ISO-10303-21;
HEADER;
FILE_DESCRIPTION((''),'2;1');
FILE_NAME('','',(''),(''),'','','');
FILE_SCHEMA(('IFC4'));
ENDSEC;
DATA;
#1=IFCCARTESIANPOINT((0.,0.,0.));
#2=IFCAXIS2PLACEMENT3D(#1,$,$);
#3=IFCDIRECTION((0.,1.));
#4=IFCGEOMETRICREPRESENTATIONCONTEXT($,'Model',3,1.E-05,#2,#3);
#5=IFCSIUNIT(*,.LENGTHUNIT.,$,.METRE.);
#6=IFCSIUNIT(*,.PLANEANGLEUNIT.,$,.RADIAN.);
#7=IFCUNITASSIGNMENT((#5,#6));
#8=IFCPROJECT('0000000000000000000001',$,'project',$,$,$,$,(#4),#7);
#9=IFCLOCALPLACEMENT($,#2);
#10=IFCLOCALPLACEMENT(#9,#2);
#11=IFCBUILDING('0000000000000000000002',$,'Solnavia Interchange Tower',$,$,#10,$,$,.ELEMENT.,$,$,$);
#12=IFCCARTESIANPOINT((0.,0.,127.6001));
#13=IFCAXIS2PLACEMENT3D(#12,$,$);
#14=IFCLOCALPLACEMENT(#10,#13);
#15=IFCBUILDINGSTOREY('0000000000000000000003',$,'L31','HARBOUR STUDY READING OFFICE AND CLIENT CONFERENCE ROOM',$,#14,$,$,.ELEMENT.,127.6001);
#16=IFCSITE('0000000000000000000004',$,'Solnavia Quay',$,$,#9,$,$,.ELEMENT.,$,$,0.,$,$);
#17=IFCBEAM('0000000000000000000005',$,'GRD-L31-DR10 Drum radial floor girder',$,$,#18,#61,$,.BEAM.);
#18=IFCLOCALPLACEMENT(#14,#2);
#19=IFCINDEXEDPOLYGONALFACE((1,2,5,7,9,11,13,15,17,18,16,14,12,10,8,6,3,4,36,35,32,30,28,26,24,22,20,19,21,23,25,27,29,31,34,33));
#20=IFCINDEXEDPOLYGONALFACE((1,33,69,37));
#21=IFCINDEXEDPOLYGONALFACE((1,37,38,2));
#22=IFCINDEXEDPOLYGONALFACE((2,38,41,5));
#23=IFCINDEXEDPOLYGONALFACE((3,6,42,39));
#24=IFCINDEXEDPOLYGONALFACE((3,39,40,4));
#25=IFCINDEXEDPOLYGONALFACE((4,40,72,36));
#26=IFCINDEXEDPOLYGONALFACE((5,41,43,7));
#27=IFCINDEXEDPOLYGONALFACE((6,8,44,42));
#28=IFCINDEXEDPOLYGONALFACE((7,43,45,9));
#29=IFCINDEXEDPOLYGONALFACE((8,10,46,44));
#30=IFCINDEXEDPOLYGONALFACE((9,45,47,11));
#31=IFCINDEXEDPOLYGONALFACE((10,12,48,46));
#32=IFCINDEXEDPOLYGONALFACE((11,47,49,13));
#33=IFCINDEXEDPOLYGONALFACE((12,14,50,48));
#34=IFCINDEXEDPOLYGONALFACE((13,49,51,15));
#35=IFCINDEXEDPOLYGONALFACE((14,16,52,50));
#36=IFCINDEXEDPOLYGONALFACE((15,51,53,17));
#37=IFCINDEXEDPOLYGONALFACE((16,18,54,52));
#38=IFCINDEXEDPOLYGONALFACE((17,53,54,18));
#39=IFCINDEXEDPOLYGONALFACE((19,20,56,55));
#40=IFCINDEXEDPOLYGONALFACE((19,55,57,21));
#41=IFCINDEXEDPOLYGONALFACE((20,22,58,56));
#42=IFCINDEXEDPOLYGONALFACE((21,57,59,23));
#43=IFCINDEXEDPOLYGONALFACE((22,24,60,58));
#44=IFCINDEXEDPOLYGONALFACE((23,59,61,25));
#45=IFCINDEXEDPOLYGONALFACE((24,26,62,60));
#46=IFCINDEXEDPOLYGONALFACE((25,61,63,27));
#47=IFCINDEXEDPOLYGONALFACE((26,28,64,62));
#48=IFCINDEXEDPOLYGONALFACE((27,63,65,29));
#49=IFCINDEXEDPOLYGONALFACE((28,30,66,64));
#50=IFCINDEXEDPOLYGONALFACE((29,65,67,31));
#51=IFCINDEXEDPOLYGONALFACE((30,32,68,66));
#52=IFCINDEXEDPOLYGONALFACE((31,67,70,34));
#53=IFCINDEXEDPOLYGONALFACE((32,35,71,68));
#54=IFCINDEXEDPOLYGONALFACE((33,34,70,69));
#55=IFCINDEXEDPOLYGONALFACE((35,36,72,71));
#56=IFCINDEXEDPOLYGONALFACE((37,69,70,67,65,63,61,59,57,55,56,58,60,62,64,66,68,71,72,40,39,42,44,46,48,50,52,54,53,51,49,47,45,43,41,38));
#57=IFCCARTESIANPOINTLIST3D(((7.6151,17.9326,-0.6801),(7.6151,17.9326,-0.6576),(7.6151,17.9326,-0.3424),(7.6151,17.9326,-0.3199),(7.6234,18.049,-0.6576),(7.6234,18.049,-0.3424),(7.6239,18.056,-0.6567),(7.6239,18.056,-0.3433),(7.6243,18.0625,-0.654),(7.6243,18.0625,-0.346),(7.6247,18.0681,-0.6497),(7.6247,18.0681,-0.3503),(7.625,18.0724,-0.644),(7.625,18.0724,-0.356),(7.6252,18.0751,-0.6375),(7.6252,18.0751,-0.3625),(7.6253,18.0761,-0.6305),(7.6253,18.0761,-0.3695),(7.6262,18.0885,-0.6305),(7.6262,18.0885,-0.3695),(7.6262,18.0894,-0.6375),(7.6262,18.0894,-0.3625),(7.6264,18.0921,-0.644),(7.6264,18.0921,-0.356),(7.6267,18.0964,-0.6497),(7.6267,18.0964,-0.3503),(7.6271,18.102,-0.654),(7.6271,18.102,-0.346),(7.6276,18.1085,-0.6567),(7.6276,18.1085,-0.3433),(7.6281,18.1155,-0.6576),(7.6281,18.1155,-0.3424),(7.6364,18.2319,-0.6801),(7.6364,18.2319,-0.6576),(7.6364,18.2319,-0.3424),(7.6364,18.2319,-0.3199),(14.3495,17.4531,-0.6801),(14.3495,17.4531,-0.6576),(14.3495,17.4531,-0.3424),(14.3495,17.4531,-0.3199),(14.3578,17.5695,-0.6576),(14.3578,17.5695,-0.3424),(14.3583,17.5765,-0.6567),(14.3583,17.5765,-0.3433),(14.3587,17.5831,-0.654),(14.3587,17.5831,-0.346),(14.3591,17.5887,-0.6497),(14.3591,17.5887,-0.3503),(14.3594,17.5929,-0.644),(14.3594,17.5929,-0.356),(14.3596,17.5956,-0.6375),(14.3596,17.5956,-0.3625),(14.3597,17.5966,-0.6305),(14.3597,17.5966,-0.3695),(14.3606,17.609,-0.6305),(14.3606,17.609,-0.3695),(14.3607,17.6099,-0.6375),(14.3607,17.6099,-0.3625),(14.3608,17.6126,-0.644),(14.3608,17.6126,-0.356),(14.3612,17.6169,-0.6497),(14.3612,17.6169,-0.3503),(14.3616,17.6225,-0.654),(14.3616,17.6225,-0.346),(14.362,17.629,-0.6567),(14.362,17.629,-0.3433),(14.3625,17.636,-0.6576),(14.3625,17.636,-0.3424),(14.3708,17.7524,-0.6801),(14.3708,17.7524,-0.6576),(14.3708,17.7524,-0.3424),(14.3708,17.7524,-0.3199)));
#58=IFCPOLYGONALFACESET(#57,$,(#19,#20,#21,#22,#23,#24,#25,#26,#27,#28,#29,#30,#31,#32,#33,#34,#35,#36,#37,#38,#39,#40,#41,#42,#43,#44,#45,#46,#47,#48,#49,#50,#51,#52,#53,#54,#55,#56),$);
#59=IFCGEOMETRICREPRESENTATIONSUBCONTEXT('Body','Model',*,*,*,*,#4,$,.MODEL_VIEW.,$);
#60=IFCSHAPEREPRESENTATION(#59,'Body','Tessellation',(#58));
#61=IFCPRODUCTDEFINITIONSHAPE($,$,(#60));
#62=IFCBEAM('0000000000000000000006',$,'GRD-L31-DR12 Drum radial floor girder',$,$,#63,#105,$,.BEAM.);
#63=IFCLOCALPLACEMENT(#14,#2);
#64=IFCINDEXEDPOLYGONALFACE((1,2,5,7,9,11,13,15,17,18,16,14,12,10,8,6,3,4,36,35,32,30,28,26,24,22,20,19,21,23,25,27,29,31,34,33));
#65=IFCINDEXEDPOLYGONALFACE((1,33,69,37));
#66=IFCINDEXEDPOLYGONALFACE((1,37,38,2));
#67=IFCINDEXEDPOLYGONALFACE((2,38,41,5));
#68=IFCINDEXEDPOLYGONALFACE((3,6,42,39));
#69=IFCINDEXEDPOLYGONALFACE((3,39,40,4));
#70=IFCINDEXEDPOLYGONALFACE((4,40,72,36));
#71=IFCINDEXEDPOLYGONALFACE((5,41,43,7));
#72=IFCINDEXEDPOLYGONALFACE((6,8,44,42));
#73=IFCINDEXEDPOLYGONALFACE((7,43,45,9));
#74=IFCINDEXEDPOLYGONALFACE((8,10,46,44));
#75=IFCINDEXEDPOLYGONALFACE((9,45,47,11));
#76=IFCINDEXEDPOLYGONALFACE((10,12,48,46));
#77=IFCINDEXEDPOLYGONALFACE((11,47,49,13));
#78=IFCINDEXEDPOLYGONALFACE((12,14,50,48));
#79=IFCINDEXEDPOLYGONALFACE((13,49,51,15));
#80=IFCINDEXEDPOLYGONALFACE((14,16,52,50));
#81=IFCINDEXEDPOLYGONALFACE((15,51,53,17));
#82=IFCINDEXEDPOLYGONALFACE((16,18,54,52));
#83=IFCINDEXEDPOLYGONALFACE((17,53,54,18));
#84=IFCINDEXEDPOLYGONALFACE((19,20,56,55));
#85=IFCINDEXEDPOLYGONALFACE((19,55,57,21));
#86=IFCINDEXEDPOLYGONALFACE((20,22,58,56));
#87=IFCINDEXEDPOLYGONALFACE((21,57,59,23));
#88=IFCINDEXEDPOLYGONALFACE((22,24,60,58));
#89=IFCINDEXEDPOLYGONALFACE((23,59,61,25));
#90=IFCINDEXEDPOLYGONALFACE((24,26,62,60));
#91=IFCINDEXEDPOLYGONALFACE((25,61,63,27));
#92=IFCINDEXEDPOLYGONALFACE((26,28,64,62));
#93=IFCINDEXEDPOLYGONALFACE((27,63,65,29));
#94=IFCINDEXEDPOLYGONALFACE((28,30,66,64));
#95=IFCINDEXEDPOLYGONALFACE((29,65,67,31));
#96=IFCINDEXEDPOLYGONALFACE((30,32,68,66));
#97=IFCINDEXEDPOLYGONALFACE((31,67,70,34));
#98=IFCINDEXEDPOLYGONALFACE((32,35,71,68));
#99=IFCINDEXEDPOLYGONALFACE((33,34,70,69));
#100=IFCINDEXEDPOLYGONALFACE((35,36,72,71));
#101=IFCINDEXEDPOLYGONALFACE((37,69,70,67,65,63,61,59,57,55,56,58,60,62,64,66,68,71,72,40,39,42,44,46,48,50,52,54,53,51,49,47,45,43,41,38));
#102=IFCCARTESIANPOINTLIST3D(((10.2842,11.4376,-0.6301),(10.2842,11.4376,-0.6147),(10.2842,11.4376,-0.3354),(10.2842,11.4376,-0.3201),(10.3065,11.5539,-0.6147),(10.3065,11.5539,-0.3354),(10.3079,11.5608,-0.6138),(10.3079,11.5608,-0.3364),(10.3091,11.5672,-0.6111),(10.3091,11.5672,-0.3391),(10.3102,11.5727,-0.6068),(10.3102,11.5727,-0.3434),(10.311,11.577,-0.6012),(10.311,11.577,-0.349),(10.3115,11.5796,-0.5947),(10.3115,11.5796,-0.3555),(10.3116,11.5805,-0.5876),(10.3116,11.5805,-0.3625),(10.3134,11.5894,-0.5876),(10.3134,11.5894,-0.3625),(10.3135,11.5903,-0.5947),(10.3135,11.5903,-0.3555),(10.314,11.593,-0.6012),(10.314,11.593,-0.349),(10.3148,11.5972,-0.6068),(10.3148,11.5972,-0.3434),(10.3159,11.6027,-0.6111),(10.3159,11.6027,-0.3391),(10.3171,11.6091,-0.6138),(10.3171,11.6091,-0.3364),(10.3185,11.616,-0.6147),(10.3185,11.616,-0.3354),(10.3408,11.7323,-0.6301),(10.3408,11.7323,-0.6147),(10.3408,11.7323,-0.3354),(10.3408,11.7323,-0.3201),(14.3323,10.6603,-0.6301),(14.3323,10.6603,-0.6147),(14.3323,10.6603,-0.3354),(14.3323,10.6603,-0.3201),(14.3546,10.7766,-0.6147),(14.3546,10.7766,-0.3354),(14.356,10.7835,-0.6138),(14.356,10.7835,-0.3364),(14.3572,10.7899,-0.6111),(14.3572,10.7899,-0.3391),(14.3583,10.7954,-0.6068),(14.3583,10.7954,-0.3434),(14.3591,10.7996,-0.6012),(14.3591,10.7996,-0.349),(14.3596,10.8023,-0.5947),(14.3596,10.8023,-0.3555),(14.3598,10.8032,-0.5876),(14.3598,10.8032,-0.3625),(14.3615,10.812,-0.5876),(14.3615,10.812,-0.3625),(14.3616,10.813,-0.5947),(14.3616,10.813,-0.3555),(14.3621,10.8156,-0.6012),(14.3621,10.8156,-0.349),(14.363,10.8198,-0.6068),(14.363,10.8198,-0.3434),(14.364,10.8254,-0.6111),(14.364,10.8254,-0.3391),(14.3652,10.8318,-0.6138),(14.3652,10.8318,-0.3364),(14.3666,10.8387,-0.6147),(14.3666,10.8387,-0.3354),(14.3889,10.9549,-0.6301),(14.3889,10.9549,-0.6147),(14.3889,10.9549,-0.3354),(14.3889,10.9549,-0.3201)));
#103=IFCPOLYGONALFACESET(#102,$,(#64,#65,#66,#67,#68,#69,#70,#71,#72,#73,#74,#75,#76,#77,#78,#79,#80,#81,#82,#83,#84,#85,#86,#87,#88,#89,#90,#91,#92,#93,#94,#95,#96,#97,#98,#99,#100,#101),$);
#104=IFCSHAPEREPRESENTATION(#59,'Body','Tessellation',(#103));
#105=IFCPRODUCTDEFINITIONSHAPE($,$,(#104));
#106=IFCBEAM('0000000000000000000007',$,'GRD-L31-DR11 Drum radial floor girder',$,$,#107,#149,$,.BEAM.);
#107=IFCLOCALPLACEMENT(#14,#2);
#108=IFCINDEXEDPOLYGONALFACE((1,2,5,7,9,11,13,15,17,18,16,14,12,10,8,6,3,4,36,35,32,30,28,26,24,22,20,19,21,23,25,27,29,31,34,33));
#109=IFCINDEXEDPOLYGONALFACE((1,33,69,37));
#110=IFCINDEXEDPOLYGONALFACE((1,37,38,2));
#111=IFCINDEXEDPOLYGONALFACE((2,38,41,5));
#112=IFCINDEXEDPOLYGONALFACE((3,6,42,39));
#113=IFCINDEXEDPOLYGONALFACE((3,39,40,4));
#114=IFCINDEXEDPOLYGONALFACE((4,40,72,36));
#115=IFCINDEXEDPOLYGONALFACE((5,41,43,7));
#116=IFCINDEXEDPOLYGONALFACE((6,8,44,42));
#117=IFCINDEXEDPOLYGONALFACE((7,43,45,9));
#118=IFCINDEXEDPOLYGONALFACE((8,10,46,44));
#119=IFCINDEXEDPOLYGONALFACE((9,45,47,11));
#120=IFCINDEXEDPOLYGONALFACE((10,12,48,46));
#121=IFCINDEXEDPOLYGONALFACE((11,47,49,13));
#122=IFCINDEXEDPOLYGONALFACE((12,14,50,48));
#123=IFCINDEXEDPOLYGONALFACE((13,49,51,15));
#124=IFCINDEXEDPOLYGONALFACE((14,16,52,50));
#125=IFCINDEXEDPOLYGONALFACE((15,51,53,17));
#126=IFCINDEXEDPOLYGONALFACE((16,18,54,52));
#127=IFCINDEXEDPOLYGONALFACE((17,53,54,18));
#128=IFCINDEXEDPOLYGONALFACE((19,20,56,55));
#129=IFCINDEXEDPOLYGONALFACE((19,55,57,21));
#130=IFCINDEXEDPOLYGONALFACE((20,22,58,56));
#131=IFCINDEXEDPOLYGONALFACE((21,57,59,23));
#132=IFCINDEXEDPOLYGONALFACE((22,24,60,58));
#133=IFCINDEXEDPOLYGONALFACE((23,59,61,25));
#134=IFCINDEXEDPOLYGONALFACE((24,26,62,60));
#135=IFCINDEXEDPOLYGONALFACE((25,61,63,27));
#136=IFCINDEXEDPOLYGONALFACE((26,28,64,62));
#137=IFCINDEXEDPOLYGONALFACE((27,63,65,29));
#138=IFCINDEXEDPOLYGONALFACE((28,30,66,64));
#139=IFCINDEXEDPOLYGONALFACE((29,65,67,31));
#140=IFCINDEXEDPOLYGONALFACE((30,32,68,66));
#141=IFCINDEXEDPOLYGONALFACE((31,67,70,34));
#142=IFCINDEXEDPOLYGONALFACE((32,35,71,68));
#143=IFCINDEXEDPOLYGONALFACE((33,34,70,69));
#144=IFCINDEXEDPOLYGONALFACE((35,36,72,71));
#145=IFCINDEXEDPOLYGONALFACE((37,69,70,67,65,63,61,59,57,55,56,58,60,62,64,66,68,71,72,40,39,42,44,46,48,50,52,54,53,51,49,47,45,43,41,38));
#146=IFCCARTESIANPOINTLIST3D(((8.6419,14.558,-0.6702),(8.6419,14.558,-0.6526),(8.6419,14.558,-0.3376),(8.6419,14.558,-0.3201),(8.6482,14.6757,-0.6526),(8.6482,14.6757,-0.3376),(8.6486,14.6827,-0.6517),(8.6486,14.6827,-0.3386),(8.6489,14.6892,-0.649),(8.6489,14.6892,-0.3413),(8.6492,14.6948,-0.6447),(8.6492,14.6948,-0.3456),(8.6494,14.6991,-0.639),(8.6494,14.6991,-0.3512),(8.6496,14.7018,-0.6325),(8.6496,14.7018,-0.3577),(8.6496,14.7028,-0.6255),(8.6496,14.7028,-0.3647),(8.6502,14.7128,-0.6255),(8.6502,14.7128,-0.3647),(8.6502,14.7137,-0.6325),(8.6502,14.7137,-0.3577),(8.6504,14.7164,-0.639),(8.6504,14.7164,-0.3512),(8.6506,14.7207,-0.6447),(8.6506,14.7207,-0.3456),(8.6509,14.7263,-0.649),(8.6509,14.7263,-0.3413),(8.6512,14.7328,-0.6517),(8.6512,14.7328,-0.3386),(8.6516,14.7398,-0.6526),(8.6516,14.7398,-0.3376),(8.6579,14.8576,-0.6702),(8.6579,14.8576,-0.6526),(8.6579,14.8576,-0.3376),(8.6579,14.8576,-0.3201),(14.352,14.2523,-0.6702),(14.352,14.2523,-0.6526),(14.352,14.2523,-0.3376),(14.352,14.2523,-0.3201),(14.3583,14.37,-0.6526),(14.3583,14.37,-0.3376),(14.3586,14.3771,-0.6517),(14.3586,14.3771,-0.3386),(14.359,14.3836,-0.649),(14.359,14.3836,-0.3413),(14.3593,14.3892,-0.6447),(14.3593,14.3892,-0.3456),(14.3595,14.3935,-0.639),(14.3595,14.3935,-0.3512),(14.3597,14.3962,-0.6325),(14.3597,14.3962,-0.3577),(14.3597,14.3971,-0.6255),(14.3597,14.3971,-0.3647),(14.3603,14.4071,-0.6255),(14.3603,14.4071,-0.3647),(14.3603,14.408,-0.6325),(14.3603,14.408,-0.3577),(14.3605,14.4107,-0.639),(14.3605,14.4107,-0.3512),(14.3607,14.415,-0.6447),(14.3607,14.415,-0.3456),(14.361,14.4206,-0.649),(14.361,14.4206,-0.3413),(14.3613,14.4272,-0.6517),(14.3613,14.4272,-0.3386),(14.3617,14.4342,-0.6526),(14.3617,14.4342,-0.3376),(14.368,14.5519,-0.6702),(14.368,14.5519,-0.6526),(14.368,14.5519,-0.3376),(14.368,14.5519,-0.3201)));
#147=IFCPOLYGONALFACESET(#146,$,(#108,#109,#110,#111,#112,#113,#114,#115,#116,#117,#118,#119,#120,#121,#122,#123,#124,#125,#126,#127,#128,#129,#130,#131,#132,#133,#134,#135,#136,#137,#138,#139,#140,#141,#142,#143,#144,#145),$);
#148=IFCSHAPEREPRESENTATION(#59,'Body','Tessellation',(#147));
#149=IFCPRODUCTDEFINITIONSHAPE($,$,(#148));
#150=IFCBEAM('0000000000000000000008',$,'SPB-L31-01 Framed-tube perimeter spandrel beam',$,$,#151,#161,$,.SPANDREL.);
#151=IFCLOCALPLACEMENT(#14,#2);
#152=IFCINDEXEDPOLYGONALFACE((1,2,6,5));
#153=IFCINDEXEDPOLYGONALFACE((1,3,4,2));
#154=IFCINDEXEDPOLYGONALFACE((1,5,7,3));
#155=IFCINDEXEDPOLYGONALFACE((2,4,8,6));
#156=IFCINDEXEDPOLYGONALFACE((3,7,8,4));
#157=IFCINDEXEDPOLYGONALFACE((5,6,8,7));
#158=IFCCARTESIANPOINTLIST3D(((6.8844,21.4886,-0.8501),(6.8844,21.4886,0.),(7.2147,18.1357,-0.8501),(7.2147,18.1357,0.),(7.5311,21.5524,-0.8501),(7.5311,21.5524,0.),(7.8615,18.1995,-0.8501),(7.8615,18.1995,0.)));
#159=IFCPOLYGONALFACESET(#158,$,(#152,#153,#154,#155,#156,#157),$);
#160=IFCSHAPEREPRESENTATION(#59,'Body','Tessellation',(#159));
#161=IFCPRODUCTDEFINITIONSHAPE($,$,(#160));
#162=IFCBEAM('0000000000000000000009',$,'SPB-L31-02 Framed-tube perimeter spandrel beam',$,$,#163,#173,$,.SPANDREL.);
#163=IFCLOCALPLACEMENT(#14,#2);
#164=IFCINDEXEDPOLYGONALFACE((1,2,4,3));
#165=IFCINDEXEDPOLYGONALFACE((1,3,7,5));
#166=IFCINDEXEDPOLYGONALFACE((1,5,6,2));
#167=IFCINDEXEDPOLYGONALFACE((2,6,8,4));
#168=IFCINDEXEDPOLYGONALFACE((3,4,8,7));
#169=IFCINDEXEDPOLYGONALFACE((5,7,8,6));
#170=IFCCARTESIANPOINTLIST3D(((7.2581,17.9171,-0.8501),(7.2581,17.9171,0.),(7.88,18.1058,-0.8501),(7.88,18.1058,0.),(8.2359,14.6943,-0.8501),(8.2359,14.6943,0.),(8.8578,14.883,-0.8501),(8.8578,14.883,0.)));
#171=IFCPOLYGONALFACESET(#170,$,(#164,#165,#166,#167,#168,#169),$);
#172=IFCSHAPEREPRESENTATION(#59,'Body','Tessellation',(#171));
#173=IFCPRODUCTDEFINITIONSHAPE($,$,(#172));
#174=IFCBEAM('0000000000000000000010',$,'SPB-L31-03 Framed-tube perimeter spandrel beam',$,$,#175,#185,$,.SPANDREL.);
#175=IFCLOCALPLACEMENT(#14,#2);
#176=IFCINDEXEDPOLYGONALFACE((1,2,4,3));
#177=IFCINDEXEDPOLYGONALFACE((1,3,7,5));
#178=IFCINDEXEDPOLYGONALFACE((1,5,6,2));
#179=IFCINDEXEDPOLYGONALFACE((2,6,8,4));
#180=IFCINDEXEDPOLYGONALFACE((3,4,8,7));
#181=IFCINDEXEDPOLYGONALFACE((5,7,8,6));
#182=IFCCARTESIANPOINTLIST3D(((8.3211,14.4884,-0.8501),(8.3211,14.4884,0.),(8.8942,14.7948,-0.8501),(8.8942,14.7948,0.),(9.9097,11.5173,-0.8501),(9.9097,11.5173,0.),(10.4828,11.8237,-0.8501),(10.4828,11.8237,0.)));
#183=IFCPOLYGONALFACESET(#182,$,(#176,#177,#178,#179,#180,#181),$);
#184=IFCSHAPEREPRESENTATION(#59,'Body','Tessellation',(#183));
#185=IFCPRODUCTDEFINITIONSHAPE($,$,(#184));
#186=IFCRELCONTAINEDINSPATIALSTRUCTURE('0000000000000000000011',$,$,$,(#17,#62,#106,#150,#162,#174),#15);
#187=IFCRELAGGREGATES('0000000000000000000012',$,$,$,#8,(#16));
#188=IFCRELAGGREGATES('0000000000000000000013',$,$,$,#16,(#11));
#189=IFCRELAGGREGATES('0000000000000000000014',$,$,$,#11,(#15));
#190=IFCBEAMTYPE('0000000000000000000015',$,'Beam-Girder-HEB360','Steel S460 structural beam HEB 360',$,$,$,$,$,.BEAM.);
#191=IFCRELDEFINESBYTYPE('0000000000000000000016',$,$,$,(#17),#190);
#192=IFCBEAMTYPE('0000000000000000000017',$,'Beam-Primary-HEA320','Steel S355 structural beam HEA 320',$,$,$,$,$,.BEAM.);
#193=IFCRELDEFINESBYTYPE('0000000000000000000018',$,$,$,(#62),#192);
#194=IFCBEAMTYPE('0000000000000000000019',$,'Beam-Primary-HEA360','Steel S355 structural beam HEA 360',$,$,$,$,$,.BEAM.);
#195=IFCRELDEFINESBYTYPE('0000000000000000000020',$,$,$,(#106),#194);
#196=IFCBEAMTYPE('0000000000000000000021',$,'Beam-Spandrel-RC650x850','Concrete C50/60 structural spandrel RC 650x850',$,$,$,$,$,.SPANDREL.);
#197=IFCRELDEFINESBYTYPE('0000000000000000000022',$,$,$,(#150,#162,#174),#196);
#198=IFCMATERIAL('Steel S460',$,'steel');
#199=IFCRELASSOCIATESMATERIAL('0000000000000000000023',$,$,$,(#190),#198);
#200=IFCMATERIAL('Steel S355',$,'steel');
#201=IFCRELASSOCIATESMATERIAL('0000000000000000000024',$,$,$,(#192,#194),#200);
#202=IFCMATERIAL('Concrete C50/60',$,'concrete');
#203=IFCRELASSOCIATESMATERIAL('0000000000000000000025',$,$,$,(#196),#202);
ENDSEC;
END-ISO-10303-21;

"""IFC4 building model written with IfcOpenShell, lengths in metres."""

from ifc_helpers import new_model, si_unit, direction, frame, origin, origin_2d, place, context, subcontext, project, spatial, rectangle, i_section, extrude, material, material_profile, profile_set, type_object, element, save


model = new_model("IFC4")

# Units and contexts
model_context = context("Model", 3, precision=1e-05, world=origin(), true_north=direction((0.0, 1.0)))
body_context = subcontext(model_context, "Body", "Model", "MODEL_VIEW")
ifc_project = project(units=[si_unit("LENGTHUNIT", "METRE"), si_unit("PLANEANGLEUNIT", "RADIAN")], contexts=[model_context])

# Site, building, storey
site_placement = place(None, origin())
site = spatial("IfcSite", under=ifc_project, at=site_placement, Name="Solnavia Quay", CompositionType="ELEMENT", RefElevation=0.0)
building_placement = place(site_placement, origin())
building = spatial("IfcBuilding", under=site, at=building_placement, Name="Solnavia Interchange Tower", CompositionType="ELEMENT")
storey_placement = place(building_placement, frame((0.0, 0.0, 127.6001)))
storey = spatial("IfcBuildingStorey", under=building, at=storey_placement, Name="L31", Description="HARBOUR STUDY READING OFFICE AND CLIENT CONFERENCE ROOM", CompositionType="ELEMENT", Elevation=127.6001)

# Shared definitions
ifc_material_1 = material(Name="Concrete C50/60", Category="concrete")

# Beams
ifc_material_2 = material(Name="Steel S460", Category="steel")
ifc_material_profile_1 = material_profile(ifc_material_2, i_section(OverallWidth=0.3, OverallDepth=0.3601, WebThickness=0.0125, FlangeThickness=0.0225, FilletRadius=0.0271, at=origin_2d()), Name="HEB 360")
ifc_profile_set_1 = profile_set([ifc_material_profile_1], Name="Steel S460")
beam_type_1 = type_object("IfcBeamType", Name="Beam-Girder-HEB360", Description="Steel S460 structural beam HEB 360", PredefinedType="BEAM", material=ifc_profile_set_1)
beam_1_placement = place(storey_placement, frame((7.6257, 18.0823, -0.5), z_axis=(0.997475, -0.071021, 0.0), x_axis=(0.071021, 0.997475, 0.0)))
element("IfcBeam", 1, at=beam_1_placement, inside=storey, type_object=beam_type_1, Name="GRD-L31-DR10 Drum radial floor girder", PredefinedType="BEAM", context=body_context, shape_type="SweptSolid", body=[
    extrude(i_section(OverallWidth=0.3, OverallDepth=0.3601, WebThickness=0.0125, FlangeThickness=0.0225, FilletRadius=0.0271, at=origin_2d()), origin(), (0.0, 0.0, 1.0), 6.7515),
])
ifc_material_3 = material(Name="Steel S355", Category="steel")
ifc_material_profile_2 = material_profile(ifc_material_3, i_section(OverallWidth=0.3, OverallDepth=0.3101, WebThickness=0.009, FlangeThickness=0.0154, FilletRadius=0.0271, at=origin_2d()), Name="HEA 320")
ifc_profile_set_2 = profile_set([ifc_material_profile_2], Name="Steel S355")
beam_type_2 = type_object("IfcBeamType", Name="Beam-Primary-HEA320", Description="Steel S355 structural beam HEA 320", PredefinedType="BEAM", material=ifc_profile_set_2)
beam_2_placement = place(storey_placement, frame((10.3125, 11.585, -0.4751), z_axis=(0.982058, -0.188582, 0.0), x_axis=(0.188582, 0.982058, 0.0)))
element("IfcBeam", 2, at=beam_2_placement, inside=storey, type_object=beam_type_2, Name="GRD-L31-DR12 Drum radial floor girder", PredefinedType="BEAM", context=body_context, shape_type="SweptSolid", body=[
    extrude(i_section(OverallWidth=0.3, OverallDepth=0.3101, WebThickness=0.009, FlangeThickness=0.0154, FilletRadius=0.0271, at=origin_2d()), origin(), (0.0, 0.0, 1.0), 4.1221),
])
ifc_material_profile_3 = material_profile(ifc_material_3, i_section(OverallWidth=0.3, OverallDepth=0.3501, WebThickness=0.01, FlangeThickness=0.0176, FilletRadius=0.0271, at=origin_2d()), Name="HEA 360")
ifc_profile_set_3 = profile_set([ifc_material_profile_3], Name="Steel S355")
beam_type_3 = type_object("IfcBeamType", Name="Beam-Primary-HEA360", Description="Steel S355 structural beam HEA 360", PredefinedType="BEAM", material=ifc_profile_set_3)
beam_3_placement = place(storey_placement, frame((8.6499, 14.7078, -0.4951), z_axis=(0.99857, -0.053453, 0.0), x_axis=(0.053453, 0.99857, 0.0)))
element("IfcBeam", 3, at=beam_3_placement, inside=storey, type_object=beam_type_3, Name="GRD-L31-DR11 Drum radial floor girder", PredefinedType="BEAM", context=body_context, shape_type="SweptSolid", body=[
    extrude(i_section(OverallWidth=0.3, OverallDepth=0.3501, WebThickness=0.01, FlangeThickness=0.0176, FilletRadius=0.0271, at=origin_2d()), origin(), (0.0, 0.0, 1.0), 5.7183),
])
ifc_material_profile_4 = material_profile(ifc_material_1, rectangle(XDim=0.6499, YDim=0.8501, at=origin_2d()), Name="RC 650x850")
ifc_profile_set_4 = profile_set([ifc_material_profile_4], Name="Concrete C50/60")
beam_type_4 = type_object("IfcBeamType", Name="Beam-Spandrel-RC650x850", Description="Concrete C50/60 structural spandrel RC 650x850", PredefinedType="SPANDREL", material=ifc_profile_set_4)
beam_4_placement = place(storey_placement, frame((7.2078, 21.5205, -0.425), z_axis=(0.09804, -0.995182, 0.0), x_axis=(0.995182, 0.09804, 0.0)))
element("IfcBeam", 4, at=beam_4_placement, inside=storey, type_object=beam_type_4, Name="SPB-L31-01 Framed-tube perimeter spandrel beam", PredefinedType="SPANDREL", context=body_context, shape_type="SweptSolid", body=[
    extrude(rectangle(XDim=0.6499, YDim=0.8501, at=origin_2d()), origin(), (0.0, 0.0, 1.0), 3.3691),
])
beam_5_placement = place(storey_placement, frame((7.5691, 18.0115, -0.425), z_axis=(0.290319, -0.95693, 0.0), x_axis=(0.95693, 0.290319, 0.0)))
element("IfcBeam", 5, at=beam_5_placement, inside=storey, type_object=beam_type_4, Name="SPB-L31-02 Framed-tube perimeter spandrel beam", PredefinedType="SPANDREL", context=body_context, shape_type="SweptSolid", body=[
    extrude(rectangle(XDim=0.6499, YDim=0.8501, at=origin_2d()), origin(), (0.0, 0.0, 1.0), 3.3679),
])
beam_6_placement = place(storey_placement, frame((8.6077, 14.6416, -0.425), z_axis=(0.471509, -0.881861, 0.0), x_axis=(0.881861, 0.471509, 0.0)))
element("IfcBeam", 6, at=beam_6_placement, inside=storey, type_object=beam_type_4, Name="SPB-L31-03 Framed-tube perimeter spandrel beam", PredefinedType="SPANDREL", context=body_context, shape_type="SweptSolid", body=[
    extrude(rectangle(XDim=0.6499, YDim=0.8501, at=origin_2d()), origin(), (0.0, 0.0, 1.0), 3.3691),
])

save(model, "model.ifc")
